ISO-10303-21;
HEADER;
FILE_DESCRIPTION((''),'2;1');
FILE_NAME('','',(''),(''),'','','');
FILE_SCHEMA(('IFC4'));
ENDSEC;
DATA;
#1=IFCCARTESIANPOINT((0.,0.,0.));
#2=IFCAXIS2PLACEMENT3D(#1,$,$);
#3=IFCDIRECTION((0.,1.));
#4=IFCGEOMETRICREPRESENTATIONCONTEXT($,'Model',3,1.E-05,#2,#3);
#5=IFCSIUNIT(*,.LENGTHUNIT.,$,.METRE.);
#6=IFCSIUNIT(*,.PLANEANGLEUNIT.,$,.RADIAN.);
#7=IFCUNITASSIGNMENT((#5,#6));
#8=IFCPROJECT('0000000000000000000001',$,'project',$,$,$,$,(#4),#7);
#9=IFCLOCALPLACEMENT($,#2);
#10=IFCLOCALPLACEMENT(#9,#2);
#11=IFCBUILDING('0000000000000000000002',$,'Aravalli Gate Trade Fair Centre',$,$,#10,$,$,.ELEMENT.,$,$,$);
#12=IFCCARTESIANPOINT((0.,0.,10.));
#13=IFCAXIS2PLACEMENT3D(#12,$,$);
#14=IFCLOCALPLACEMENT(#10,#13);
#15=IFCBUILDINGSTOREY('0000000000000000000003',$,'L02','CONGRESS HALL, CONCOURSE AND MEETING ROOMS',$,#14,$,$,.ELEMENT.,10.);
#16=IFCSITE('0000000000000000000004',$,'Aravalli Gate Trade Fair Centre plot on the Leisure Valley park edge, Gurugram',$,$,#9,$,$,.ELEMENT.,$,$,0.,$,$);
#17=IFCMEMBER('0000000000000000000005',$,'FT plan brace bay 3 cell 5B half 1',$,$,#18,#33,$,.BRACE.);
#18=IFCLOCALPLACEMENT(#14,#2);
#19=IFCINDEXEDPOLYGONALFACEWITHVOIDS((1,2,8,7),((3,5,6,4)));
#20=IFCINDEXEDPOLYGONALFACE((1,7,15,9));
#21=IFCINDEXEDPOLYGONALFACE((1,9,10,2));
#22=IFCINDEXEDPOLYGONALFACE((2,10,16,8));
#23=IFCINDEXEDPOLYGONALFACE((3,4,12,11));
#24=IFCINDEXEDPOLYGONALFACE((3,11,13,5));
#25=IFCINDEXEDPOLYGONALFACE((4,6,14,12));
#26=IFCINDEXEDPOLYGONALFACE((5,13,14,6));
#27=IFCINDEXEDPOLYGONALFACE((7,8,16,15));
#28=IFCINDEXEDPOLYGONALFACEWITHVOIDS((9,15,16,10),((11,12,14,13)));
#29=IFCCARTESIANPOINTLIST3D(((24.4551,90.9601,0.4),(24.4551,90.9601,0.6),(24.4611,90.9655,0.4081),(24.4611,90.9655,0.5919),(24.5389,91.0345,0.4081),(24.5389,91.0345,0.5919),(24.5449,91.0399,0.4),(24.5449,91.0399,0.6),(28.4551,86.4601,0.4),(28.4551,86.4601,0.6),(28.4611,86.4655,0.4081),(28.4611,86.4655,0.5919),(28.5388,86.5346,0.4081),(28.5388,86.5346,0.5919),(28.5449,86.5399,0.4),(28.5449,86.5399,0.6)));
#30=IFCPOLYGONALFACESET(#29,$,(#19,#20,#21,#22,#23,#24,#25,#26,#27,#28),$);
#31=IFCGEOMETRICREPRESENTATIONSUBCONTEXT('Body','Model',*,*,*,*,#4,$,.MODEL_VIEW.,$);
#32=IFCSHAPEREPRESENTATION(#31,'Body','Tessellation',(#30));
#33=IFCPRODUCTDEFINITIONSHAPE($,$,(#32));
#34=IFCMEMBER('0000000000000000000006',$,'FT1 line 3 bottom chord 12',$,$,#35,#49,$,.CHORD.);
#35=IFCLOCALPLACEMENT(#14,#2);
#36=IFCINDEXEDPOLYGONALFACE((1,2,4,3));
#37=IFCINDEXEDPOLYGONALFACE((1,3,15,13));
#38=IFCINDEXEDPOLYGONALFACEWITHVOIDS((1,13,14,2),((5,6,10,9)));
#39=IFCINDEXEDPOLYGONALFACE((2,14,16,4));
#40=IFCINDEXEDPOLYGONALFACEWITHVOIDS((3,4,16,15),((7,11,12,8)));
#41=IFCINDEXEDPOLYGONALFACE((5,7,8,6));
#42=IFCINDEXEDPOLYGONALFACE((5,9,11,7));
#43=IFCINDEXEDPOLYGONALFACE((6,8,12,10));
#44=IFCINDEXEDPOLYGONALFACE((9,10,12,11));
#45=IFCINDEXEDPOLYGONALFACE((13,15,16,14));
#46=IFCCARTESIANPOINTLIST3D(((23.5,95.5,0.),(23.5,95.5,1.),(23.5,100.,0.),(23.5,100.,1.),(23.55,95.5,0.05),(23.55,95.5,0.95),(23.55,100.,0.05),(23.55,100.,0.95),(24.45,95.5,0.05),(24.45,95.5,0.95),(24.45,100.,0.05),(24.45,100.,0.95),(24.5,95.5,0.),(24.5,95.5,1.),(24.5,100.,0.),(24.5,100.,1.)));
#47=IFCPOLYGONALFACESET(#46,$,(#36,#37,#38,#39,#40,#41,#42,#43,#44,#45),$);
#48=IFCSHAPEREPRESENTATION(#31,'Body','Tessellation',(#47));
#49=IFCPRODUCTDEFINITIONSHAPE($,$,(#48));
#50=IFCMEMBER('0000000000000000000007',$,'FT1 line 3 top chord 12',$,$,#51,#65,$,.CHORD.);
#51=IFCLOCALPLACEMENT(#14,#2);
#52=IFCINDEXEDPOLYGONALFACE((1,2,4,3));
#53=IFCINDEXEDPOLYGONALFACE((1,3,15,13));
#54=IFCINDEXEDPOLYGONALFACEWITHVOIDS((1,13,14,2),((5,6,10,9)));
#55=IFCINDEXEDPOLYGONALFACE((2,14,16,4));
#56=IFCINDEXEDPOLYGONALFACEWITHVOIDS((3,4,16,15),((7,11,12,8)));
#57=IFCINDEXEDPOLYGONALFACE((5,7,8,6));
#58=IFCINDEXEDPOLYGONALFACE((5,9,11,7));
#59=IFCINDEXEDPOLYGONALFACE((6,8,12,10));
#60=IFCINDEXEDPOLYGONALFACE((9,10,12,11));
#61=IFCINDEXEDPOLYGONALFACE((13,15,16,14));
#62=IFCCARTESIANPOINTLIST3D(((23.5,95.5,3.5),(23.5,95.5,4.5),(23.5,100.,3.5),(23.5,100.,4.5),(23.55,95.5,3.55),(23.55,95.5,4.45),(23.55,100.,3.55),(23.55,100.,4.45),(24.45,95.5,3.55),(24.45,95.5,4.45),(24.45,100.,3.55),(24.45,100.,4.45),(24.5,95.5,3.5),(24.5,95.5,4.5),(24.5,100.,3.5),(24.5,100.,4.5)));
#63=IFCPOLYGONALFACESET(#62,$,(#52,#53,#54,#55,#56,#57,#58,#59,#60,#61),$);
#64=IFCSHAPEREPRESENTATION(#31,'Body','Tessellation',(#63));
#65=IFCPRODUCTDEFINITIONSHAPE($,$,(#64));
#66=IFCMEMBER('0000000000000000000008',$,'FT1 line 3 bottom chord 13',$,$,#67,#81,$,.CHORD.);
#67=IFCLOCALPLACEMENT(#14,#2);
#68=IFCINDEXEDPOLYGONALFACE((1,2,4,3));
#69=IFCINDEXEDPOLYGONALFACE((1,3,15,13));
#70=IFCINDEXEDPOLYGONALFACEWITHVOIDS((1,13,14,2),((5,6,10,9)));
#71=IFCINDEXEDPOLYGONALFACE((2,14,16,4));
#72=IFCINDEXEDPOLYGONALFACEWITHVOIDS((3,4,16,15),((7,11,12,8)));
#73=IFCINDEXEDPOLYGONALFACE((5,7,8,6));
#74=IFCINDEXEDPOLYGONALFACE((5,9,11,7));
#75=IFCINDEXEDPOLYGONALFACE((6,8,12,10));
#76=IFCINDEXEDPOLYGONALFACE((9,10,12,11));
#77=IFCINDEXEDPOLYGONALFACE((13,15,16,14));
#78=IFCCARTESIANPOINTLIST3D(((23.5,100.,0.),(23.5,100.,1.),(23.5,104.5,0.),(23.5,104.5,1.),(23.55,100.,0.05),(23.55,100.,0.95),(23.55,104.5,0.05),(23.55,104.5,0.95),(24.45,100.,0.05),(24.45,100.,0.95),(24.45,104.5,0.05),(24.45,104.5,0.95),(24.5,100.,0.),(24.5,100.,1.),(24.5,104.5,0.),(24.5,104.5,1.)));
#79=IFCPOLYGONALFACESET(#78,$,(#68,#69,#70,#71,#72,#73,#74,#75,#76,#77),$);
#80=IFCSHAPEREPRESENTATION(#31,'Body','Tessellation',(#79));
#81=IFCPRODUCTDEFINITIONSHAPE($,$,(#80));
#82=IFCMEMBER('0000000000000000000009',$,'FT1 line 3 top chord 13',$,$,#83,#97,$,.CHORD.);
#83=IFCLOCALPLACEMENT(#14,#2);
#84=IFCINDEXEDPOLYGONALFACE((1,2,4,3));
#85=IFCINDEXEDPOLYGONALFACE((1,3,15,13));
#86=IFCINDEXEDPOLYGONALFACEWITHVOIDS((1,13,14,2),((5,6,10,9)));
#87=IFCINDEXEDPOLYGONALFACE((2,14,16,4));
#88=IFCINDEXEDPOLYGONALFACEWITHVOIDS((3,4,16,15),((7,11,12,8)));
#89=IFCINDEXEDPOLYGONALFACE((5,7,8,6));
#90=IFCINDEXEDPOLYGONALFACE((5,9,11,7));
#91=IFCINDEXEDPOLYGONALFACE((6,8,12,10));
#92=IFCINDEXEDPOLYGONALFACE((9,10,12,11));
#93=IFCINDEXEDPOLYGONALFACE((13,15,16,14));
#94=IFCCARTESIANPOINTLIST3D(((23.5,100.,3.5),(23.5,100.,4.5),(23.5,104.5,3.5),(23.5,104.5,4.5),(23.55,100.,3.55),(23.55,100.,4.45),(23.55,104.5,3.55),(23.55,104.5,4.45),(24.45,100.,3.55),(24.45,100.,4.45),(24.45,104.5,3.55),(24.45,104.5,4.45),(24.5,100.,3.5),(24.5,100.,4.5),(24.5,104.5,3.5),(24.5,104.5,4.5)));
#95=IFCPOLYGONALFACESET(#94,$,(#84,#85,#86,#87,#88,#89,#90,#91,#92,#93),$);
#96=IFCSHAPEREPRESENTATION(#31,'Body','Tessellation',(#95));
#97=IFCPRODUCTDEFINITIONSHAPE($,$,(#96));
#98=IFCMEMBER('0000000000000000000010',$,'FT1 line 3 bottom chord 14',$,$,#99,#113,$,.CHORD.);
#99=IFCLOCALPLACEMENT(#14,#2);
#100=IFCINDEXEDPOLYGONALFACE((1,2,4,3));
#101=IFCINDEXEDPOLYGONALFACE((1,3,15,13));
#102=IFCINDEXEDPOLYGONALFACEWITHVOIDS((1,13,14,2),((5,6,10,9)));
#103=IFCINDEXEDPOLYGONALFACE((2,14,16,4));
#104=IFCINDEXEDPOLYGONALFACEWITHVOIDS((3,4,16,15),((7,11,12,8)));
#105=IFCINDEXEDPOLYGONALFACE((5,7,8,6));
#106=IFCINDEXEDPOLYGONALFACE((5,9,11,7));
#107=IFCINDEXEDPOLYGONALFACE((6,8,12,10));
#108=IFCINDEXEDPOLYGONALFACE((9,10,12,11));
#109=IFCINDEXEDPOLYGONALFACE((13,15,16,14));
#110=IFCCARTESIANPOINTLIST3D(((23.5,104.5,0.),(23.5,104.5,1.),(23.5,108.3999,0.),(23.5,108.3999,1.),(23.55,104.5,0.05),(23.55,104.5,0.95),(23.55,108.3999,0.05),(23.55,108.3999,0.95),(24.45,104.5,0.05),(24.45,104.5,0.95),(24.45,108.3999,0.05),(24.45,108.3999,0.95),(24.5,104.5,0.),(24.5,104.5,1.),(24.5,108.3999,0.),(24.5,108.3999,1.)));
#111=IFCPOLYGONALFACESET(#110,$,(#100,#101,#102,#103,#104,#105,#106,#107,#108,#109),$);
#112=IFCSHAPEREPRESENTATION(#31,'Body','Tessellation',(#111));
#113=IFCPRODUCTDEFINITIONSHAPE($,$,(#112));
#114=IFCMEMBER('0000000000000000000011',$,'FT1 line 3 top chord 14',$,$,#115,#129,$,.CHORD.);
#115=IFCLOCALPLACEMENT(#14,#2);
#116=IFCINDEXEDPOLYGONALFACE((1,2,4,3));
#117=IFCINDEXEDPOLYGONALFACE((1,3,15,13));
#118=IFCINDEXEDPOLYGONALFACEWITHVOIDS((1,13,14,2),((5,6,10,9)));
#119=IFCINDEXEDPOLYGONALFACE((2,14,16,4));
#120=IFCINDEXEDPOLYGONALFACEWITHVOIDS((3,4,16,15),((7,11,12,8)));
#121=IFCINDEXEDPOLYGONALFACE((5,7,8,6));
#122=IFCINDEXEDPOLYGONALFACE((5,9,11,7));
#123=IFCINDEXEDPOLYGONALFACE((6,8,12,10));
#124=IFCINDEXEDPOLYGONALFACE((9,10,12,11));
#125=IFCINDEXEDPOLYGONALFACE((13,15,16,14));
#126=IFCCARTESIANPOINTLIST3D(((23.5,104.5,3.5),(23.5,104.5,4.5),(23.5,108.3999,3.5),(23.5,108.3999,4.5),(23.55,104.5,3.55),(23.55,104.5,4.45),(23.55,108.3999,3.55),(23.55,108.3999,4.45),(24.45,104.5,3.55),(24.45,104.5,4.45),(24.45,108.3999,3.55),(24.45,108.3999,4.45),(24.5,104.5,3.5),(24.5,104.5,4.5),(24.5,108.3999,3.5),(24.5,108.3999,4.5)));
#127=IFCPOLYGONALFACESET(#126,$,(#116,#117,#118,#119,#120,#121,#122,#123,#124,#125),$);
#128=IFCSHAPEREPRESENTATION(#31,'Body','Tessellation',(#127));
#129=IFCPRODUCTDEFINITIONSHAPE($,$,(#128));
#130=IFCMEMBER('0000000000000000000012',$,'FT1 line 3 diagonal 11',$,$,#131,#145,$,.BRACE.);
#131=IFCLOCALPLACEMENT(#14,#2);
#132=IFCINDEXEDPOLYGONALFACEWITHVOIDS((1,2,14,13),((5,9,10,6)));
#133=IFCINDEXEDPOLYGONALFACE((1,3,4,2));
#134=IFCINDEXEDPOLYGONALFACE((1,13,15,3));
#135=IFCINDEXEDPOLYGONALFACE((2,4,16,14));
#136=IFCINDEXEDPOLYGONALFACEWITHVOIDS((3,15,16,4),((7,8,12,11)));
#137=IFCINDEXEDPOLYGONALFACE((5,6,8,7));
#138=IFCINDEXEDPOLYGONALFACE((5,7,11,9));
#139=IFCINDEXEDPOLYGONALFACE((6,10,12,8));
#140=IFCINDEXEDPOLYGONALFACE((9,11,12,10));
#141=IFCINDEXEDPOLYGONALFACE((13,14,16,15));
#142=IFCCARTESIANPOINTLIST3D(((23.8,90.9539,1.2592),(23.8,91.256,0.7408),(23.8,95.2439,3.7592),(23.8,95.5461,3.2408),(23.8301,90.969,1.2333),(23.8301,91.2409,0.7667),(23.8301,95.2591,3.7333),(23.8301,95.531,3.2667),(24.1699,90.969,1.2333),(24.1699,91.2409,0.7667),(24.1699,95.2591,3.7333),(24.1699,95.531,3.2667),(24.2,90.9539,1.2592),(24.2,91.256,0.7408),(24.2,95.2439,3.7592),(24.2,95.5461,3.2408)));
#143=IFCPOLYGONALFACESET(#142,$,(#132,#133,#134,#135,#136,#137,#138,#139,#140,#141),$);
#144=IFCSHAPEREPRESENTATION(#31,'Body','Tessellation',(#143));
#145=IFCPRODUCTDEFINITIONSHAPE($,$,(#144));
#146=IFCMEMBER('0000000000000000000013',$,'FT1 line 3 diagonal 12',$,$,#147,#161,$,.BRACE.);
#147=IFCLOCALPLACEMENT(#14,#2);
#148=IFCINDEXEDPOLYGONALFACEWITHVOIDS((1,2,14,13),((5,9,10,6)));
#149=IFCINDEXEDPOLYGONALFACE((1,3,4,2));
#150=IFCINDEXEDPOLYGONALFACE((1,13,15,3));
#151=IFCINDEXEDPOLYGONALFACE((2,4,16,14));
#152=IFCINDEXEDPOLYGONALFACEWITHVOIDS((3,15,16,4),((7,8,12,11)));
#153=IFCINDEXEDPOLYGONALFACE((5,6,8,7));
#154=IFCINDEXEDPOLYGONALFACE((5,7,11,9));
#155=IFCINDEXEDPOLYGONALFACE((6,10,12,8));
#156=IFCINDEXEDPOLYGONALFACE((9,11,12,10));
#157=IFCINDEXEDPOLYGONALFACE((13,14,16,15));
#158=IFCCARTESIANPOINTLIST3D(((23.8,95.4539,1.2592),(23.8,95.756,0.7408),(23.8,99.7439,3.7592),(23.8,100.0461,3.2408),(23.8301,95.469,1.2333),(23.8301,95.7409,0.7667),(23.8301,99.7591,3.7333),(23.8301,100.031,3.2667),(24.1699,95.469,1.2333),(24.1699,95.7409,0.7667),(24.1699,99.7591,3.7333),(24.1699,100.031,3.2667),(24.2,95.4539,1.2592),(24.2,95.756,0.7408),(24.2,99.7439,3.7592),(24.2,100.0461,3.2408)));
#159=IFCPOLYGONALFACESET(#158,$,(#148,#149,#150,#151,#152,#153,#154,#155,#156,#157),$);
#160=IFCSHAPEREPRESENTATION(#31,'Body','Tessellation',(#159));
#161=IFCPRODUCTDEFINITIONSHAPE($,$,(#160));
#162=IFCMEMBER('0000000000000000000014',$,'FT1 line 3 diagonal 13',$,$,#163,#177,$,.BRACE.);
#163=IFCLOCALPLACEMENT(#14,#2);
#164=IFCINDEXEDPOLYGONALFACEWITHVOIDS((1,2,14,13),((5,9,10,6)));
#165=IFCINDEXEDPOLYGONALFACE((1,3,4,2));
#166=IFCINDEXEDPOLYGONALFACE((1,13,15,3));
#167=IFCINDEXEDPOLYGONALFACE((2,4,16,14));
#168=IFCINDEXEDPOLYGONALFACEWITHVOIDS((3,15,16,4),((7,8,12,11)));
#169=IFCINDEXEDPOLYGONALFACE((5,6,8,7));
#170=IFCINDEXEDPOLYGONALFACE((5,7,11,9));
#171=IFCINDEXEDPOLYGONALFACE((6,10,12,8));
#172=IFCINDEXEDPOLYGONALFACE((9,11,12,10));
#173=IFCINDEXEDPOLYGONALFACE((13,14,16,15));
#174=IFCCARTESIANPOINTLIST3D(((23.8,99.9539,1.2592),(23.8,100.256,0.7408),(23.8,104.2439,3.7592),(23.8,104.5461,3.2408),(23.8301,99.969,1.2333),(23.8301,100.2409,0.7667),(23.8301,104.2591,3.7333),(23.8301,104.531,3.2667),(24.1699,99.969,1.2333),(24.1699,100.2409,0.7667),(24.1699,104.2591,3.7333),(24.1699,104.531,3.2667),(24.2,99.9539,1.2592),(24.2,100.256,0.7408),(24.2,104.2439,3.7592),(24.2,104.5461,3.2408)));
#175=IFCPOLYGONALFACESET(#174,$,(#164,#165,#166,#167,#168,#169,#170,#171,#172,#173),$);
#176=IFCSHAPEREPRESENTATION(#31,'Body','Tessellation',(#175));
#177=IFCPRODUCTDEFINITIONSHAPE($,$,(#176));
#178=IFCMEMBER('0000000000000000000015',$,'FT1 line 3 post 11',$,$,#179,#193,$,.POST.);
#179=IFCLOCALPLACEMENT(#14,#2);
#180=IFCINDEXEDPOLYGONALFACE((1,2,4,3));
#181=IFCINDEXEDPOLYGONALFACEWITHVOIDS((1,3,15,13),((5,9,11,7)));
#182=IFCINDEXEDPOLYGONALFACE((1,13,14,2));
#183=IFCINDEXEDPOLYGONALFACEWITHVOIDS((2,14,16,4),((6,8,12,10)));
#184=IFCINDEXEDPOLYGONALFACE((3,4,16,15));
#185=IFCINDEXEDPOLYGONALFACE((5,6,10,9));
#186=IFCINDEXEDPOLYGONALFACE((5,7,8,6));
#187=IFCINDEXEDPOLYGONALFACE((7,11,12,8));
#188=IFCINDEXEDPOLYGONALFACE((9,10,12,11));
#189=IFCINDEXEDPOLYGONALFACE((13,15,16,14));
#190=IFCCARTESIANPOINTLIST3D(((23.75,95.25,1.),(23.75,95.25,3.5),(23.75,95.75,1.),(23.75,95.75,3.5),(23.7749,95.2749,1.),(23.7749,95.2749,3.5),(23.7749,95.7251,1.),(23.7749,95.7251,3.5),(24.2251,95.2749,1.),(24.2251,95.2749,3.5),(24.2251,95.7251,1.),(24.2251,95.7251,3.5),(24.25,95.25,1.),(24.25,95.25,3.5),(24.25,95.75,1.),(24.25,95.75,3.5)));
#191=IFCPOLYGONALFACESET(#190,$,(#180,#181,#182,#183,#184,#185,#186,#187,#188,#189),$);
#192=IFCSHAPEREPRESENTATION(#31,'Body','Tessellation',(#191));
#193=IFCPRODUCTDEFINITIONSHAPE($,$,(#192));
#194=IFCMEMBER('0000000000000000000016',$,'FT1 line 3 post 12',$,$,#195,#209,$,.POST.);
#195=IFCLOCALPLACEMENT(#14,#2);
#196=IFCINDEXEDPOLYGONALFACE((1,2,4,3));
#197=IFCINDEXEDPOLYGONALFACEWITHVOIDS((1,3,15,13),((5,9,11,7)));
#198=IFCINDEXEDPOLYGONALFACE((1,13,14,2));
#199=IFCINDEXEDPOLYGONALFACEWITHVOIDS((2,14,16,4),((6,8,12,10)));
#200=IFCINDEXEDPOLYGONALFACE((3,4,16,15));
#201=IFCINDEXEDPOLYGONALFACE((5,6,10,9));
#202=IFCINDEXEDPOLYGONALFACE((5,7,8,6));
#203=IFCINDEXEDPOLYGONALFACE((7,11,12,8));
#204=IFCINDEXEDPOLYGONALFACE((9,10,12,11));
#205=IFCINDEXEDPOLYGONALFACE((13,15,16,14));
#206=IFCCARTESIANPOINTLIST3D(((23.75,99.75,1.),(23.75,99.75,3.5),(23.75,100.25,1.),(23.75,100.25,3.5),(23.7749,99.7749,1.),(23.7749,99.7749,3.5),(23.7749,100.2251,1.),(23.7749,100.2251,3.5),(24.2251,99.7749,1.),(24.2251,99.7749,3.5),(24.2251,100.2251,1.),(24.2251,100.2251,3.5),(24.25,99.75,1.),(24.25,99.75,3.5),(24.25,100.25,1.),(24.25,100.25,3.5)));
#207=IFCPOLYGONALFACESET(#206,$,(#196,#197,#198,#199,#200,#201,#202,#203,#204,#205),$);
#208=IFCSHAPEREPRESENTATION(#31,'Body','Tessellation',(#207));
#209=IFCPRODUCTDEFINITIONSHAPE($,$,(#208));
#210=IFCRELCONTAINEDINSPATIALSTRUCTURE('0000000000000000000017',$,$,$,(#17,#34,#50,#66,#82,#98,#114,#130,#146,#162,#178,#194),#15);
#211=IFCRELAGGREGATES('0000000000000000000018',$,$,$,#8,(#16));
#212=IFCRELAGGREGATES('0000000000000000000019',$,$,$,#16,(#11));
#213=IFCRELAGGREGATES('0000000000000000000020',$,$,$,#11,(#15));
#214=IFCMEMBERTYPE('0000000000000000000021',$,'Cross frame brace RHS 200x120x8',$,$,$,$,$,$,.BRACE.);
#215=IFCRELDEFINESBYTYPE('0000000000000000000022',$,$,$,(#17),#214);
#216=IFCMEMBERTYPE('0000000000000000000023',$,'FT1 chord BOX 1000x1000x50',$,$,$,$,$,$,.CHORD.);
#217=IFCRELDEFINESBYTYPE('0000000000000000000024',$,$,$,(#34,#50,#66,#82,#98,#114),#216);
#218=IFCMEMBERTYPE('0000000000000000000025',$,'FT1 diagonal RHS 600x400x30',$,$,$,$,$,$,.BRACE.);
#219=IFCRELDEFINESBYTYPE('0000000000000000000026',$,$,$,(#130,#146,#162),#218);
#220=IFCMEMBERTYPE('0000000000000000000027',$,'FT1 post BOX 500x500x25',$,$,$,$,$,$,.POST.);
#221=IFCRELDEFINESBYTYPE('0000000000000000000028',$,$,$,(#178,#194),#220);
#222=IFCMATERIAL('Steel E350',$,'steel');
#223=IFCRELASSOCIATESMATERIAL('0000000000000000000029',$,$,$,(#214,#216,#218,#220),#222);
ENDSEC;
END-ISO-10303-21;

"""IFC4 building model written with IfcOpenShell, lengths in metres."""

from ifc_helpers import new_model, si_unit, direction, frame, origin, origin_2d, place, context, subcontext, project, spatial, hollow_rectangle, extrude, material, material_profile, profile_set, type_object, element, save


model = new_model("IFC4")

# Units and contexts
model_context = context("Model", 3, precision=1e-05, world=origin(), true_north=direction((0.0, 1.0)))
body_context = subcontext(model_context, "Body", "Model", "MODEL_VIEW")
ifc_project = project(units=[si_unit("LENGTHUNIT", "METRE"), si_unit("PLANEANGLEUNIT", "RADIAN")], contexts=[model_context])

# Site, building, storey
site_placement = place(None, origin())
site = spatial("IfcSite", under=ifc_project, at=site_placement, Name="Aravalli Gate Trade Fair Centre plot on the Leisure Valley park edge, Gurugram", CompositionType="ELEMENT", RefElevation=0.0)
building_placement = place(site_placement, origin())
building = spatial("IfcBuilding", under=site, at=building_placement, Name="Aravalli Gate Trade Fair Centre", CompositionType="ELEMENT")
storey_placement = place(building_placement, frame((0.0, 0.0, 10.0)))
storey = spatial("IfcBuildingStorey", under=building, at=storey_placement, Name="L02", Description="CONGRESS HALL, CONCOURSE AND MEETING ROOMS", CompositionType="ELEMENT", Elevation=10.0)

# Members
ifc_material_1 = material(Name="Steel E350", Category="steel")
ifc_material_profile_1 = material_profile(ifc_material_1, hollow_rectangle(XDim=0.1201, YDim=0.2, WallThickness=0.0081, at=origin_2d()), Name="RHS 200x120x8")
ifc_profile_set_1 = profile_set([ifc_material_profile_1], Name="Steel E350")
member_type_1 = type_object("IfcMemberType", Name="Cross frame brace RHS 200x120x8", PredefinedType="BRACE", material=ifc_profile_set_1)
member_placement = place(storey_placement, frame((24.5, 91.0, 0.5), z_axis=(0.664364, -0.747409, 0.0), x_axis=(0.747409, 0.664364, 0.0)))
element("IfcMember", 1, at=member_placement, inside=storey, type_object=member_type_1, Name="FT plan brace bay 3 cell 5B half 1", PredefinedType="BRACE", context=body_context, shape_type="SweptSolid", body=[
    extrude(hollow_rectangle(XDim=0.1201, YDim=0.2, WallThickness=0.0081, at=origin_2d()), origin(), (0.0, 0.0, 1.0), 6.0208),
])
ifc_material_profile_2 = material_profile(ifc_material_1, hollow_rectangle(XDim=1.0, YDim=1.0, WallThickness=0.05, at=origin_2d()), Name="BOX 1000x1000x50")
ifc_profile_set_2 = profile_set([ifc_material_profile_2], Name="Steel E350")
member_type_2 = type_object("IfcMemberType", Name="FT1 chord BOX 1000x1000x50", PredefinedType="CHORD", material=ifc_profile_set_2)
for number, where, z_axis, x_axis, name in (
    (2, (24.0, 95.5, 0.5), (0.0, 1.0, 0.0), (-1.0, 0.0, 0.0), "FT1 line 3 bottom chord 12"),
    (3, (24.0, 95.5, 4.0), (0.0, 1.0, 0.0), (-1.0, 0.0, 0.0), "FT1 line 3 top chord 12"),
    (4, (24.0, 100.0, 0.5), (0.0, 1.0, 0.0), (-1.0, 0.0, 0.0), "FT1 line 3 bottom chord 13"),
    (5, (24.0, 100.0, 4.0), (0.0, 1.0, 0.0), (-1.0, 0.0, 0.0), "FT1 line 3 top chord 13"),
):
    element("IfcMember", number, at=place(storey_placement, frame(where, z_axis=z_axis, x_axis=x_axis)), inside=storey, type_object=member_type_2, Name=name, PredefinedType="CHORD", context=body_context, shape_type="SweptSolid", body=[
        extrude(hollow_rectangle(XDim=1.0, YDim=1.0, WallThickness=0.05, at=origin_2d()), origin(), (0.0, 0.0, 1.0), 4.5),
    ])
for number, where, z_axis, x_axis, name in (
    (6, (24.0, 104.5, 0.5), (0.0, 1.0, 0.0), (-1.0, 0.0, 0.0), "FT1 line 3 bottom chord 14"),
    (7, (24.0, 104.5, 4.0), (0.0, 1.0, 0.0), (-1.0, 0.0, 0.0), "FT1 line 3 top chord 14"),
):
    element("IfcMember", number, at=place(storey_placement, frame(where, z_axis=z_axis, x_axis=x_axis)), inside=storey, type_object=member_type_2, Name=name, PredefinedType="CHORD", context=body_context, shape_type="SweptSolid", body=[
        extrude(hollow_rectangle(XDim=1.0, YDim=1.0, WallThickness=0.05, at=origin_2d()), origin(), (0.0, 0.0, 1.0), 3.8999),
    ])
ifc_material_profile_3 = material_profile(ifc_material_1, hollow_rectangle(XDim=0.3999, YDim=0.6001, WallThickness=0.03, at=origin_2d()), Name="RHS 600x400x30")
ifc_profile_set_3 = profile_set([ifc_material_profile_3], Name="Steel E350")
member_type_3 = type_object("IfcMemberType", Name="FT1 diagonal RHS 600x400x30", PredefinedType="BRACE", material=ifc_profile_set_3)
for number, where, z_axis, x_axis, name in (
    (8, (24.0, 95.395, 3.5), (0.0, -0.864, -0.503492), (1.0, 0.0, 0.0), "FT1 line 3 diagonal 11"),
    (9, (24.0, 99.895, 3.5), (0.0, -0.864, -0.503492), (1.0, 0.0, 0.0), "FT1 line 3 diagonal 12"),
    (10, (24.0, 104.395, 3.5), (0.0, -0.864, -0.503492), (1.0, 0.0, 0.0), "FT1 line 3 diagonal 13"),
):
    element("IfcMember", number, at=place(storey_placement, frame(where, z_axis=z_axis, x_axis=x_axis)), inside=storey, type_object=member_type_3, Name=name, PredefinedType="BRACE", context=body_context, shape_type="SweptSolid", body=[
        extrude(hollow_rectangle(XDim=0.3999, YDim=0.6001, WallThickness=0.03, at=origin_2d()), origin(), (0.0, 0.0, 1.0), 4.9653),
    ])
ifc_material_profile_4 = material_profile(ifc_material_1, hollow_rectangle(XDim=0.5, YDim=0.5, WallThickness=0.0249, at=origin_2d()), Name="BOX 500x500x25")
ifc_profile_set_4 = profile_set([ifc_material_profile_4], Name="Steel E350")
member_type_4 = type_object("IfcMemberType", Name="FT1 post BOX 500x500x25", PredefinedType="POST", material=ifc_profile_set_4)
for number, where, z_axis, x_axis, name in (
    (11, (24.0, 95.5, 1.0), (0.0, 0.0, 1.0), (1.0, 0.0, 0.0), "FT1 line 3 post 11"),
    (12, (24.0, 100.0, 1.0), (0.0, 0.0, 1.0), (1.0, 0.0, 0.0), "FT1 line 3 post 12"),
):
    element("IfcMember", number, at=place(storey_placement, frame(where, z_axis=z_axis, x_axis=x_axis)), inside=storey, type_object=member_type_4, Name=name, PredefinedType="POST", context=body_context, shape_type="SweptSolid", body=[
        extrude(hollow_rectangle(XDim=0.5, YDim=0.5, WallThickness=0.0249, at=origin_2d()), origin(), (0.0, 0.0, 1.0), 2.5),
    ])

save(model, "model.ifc")
